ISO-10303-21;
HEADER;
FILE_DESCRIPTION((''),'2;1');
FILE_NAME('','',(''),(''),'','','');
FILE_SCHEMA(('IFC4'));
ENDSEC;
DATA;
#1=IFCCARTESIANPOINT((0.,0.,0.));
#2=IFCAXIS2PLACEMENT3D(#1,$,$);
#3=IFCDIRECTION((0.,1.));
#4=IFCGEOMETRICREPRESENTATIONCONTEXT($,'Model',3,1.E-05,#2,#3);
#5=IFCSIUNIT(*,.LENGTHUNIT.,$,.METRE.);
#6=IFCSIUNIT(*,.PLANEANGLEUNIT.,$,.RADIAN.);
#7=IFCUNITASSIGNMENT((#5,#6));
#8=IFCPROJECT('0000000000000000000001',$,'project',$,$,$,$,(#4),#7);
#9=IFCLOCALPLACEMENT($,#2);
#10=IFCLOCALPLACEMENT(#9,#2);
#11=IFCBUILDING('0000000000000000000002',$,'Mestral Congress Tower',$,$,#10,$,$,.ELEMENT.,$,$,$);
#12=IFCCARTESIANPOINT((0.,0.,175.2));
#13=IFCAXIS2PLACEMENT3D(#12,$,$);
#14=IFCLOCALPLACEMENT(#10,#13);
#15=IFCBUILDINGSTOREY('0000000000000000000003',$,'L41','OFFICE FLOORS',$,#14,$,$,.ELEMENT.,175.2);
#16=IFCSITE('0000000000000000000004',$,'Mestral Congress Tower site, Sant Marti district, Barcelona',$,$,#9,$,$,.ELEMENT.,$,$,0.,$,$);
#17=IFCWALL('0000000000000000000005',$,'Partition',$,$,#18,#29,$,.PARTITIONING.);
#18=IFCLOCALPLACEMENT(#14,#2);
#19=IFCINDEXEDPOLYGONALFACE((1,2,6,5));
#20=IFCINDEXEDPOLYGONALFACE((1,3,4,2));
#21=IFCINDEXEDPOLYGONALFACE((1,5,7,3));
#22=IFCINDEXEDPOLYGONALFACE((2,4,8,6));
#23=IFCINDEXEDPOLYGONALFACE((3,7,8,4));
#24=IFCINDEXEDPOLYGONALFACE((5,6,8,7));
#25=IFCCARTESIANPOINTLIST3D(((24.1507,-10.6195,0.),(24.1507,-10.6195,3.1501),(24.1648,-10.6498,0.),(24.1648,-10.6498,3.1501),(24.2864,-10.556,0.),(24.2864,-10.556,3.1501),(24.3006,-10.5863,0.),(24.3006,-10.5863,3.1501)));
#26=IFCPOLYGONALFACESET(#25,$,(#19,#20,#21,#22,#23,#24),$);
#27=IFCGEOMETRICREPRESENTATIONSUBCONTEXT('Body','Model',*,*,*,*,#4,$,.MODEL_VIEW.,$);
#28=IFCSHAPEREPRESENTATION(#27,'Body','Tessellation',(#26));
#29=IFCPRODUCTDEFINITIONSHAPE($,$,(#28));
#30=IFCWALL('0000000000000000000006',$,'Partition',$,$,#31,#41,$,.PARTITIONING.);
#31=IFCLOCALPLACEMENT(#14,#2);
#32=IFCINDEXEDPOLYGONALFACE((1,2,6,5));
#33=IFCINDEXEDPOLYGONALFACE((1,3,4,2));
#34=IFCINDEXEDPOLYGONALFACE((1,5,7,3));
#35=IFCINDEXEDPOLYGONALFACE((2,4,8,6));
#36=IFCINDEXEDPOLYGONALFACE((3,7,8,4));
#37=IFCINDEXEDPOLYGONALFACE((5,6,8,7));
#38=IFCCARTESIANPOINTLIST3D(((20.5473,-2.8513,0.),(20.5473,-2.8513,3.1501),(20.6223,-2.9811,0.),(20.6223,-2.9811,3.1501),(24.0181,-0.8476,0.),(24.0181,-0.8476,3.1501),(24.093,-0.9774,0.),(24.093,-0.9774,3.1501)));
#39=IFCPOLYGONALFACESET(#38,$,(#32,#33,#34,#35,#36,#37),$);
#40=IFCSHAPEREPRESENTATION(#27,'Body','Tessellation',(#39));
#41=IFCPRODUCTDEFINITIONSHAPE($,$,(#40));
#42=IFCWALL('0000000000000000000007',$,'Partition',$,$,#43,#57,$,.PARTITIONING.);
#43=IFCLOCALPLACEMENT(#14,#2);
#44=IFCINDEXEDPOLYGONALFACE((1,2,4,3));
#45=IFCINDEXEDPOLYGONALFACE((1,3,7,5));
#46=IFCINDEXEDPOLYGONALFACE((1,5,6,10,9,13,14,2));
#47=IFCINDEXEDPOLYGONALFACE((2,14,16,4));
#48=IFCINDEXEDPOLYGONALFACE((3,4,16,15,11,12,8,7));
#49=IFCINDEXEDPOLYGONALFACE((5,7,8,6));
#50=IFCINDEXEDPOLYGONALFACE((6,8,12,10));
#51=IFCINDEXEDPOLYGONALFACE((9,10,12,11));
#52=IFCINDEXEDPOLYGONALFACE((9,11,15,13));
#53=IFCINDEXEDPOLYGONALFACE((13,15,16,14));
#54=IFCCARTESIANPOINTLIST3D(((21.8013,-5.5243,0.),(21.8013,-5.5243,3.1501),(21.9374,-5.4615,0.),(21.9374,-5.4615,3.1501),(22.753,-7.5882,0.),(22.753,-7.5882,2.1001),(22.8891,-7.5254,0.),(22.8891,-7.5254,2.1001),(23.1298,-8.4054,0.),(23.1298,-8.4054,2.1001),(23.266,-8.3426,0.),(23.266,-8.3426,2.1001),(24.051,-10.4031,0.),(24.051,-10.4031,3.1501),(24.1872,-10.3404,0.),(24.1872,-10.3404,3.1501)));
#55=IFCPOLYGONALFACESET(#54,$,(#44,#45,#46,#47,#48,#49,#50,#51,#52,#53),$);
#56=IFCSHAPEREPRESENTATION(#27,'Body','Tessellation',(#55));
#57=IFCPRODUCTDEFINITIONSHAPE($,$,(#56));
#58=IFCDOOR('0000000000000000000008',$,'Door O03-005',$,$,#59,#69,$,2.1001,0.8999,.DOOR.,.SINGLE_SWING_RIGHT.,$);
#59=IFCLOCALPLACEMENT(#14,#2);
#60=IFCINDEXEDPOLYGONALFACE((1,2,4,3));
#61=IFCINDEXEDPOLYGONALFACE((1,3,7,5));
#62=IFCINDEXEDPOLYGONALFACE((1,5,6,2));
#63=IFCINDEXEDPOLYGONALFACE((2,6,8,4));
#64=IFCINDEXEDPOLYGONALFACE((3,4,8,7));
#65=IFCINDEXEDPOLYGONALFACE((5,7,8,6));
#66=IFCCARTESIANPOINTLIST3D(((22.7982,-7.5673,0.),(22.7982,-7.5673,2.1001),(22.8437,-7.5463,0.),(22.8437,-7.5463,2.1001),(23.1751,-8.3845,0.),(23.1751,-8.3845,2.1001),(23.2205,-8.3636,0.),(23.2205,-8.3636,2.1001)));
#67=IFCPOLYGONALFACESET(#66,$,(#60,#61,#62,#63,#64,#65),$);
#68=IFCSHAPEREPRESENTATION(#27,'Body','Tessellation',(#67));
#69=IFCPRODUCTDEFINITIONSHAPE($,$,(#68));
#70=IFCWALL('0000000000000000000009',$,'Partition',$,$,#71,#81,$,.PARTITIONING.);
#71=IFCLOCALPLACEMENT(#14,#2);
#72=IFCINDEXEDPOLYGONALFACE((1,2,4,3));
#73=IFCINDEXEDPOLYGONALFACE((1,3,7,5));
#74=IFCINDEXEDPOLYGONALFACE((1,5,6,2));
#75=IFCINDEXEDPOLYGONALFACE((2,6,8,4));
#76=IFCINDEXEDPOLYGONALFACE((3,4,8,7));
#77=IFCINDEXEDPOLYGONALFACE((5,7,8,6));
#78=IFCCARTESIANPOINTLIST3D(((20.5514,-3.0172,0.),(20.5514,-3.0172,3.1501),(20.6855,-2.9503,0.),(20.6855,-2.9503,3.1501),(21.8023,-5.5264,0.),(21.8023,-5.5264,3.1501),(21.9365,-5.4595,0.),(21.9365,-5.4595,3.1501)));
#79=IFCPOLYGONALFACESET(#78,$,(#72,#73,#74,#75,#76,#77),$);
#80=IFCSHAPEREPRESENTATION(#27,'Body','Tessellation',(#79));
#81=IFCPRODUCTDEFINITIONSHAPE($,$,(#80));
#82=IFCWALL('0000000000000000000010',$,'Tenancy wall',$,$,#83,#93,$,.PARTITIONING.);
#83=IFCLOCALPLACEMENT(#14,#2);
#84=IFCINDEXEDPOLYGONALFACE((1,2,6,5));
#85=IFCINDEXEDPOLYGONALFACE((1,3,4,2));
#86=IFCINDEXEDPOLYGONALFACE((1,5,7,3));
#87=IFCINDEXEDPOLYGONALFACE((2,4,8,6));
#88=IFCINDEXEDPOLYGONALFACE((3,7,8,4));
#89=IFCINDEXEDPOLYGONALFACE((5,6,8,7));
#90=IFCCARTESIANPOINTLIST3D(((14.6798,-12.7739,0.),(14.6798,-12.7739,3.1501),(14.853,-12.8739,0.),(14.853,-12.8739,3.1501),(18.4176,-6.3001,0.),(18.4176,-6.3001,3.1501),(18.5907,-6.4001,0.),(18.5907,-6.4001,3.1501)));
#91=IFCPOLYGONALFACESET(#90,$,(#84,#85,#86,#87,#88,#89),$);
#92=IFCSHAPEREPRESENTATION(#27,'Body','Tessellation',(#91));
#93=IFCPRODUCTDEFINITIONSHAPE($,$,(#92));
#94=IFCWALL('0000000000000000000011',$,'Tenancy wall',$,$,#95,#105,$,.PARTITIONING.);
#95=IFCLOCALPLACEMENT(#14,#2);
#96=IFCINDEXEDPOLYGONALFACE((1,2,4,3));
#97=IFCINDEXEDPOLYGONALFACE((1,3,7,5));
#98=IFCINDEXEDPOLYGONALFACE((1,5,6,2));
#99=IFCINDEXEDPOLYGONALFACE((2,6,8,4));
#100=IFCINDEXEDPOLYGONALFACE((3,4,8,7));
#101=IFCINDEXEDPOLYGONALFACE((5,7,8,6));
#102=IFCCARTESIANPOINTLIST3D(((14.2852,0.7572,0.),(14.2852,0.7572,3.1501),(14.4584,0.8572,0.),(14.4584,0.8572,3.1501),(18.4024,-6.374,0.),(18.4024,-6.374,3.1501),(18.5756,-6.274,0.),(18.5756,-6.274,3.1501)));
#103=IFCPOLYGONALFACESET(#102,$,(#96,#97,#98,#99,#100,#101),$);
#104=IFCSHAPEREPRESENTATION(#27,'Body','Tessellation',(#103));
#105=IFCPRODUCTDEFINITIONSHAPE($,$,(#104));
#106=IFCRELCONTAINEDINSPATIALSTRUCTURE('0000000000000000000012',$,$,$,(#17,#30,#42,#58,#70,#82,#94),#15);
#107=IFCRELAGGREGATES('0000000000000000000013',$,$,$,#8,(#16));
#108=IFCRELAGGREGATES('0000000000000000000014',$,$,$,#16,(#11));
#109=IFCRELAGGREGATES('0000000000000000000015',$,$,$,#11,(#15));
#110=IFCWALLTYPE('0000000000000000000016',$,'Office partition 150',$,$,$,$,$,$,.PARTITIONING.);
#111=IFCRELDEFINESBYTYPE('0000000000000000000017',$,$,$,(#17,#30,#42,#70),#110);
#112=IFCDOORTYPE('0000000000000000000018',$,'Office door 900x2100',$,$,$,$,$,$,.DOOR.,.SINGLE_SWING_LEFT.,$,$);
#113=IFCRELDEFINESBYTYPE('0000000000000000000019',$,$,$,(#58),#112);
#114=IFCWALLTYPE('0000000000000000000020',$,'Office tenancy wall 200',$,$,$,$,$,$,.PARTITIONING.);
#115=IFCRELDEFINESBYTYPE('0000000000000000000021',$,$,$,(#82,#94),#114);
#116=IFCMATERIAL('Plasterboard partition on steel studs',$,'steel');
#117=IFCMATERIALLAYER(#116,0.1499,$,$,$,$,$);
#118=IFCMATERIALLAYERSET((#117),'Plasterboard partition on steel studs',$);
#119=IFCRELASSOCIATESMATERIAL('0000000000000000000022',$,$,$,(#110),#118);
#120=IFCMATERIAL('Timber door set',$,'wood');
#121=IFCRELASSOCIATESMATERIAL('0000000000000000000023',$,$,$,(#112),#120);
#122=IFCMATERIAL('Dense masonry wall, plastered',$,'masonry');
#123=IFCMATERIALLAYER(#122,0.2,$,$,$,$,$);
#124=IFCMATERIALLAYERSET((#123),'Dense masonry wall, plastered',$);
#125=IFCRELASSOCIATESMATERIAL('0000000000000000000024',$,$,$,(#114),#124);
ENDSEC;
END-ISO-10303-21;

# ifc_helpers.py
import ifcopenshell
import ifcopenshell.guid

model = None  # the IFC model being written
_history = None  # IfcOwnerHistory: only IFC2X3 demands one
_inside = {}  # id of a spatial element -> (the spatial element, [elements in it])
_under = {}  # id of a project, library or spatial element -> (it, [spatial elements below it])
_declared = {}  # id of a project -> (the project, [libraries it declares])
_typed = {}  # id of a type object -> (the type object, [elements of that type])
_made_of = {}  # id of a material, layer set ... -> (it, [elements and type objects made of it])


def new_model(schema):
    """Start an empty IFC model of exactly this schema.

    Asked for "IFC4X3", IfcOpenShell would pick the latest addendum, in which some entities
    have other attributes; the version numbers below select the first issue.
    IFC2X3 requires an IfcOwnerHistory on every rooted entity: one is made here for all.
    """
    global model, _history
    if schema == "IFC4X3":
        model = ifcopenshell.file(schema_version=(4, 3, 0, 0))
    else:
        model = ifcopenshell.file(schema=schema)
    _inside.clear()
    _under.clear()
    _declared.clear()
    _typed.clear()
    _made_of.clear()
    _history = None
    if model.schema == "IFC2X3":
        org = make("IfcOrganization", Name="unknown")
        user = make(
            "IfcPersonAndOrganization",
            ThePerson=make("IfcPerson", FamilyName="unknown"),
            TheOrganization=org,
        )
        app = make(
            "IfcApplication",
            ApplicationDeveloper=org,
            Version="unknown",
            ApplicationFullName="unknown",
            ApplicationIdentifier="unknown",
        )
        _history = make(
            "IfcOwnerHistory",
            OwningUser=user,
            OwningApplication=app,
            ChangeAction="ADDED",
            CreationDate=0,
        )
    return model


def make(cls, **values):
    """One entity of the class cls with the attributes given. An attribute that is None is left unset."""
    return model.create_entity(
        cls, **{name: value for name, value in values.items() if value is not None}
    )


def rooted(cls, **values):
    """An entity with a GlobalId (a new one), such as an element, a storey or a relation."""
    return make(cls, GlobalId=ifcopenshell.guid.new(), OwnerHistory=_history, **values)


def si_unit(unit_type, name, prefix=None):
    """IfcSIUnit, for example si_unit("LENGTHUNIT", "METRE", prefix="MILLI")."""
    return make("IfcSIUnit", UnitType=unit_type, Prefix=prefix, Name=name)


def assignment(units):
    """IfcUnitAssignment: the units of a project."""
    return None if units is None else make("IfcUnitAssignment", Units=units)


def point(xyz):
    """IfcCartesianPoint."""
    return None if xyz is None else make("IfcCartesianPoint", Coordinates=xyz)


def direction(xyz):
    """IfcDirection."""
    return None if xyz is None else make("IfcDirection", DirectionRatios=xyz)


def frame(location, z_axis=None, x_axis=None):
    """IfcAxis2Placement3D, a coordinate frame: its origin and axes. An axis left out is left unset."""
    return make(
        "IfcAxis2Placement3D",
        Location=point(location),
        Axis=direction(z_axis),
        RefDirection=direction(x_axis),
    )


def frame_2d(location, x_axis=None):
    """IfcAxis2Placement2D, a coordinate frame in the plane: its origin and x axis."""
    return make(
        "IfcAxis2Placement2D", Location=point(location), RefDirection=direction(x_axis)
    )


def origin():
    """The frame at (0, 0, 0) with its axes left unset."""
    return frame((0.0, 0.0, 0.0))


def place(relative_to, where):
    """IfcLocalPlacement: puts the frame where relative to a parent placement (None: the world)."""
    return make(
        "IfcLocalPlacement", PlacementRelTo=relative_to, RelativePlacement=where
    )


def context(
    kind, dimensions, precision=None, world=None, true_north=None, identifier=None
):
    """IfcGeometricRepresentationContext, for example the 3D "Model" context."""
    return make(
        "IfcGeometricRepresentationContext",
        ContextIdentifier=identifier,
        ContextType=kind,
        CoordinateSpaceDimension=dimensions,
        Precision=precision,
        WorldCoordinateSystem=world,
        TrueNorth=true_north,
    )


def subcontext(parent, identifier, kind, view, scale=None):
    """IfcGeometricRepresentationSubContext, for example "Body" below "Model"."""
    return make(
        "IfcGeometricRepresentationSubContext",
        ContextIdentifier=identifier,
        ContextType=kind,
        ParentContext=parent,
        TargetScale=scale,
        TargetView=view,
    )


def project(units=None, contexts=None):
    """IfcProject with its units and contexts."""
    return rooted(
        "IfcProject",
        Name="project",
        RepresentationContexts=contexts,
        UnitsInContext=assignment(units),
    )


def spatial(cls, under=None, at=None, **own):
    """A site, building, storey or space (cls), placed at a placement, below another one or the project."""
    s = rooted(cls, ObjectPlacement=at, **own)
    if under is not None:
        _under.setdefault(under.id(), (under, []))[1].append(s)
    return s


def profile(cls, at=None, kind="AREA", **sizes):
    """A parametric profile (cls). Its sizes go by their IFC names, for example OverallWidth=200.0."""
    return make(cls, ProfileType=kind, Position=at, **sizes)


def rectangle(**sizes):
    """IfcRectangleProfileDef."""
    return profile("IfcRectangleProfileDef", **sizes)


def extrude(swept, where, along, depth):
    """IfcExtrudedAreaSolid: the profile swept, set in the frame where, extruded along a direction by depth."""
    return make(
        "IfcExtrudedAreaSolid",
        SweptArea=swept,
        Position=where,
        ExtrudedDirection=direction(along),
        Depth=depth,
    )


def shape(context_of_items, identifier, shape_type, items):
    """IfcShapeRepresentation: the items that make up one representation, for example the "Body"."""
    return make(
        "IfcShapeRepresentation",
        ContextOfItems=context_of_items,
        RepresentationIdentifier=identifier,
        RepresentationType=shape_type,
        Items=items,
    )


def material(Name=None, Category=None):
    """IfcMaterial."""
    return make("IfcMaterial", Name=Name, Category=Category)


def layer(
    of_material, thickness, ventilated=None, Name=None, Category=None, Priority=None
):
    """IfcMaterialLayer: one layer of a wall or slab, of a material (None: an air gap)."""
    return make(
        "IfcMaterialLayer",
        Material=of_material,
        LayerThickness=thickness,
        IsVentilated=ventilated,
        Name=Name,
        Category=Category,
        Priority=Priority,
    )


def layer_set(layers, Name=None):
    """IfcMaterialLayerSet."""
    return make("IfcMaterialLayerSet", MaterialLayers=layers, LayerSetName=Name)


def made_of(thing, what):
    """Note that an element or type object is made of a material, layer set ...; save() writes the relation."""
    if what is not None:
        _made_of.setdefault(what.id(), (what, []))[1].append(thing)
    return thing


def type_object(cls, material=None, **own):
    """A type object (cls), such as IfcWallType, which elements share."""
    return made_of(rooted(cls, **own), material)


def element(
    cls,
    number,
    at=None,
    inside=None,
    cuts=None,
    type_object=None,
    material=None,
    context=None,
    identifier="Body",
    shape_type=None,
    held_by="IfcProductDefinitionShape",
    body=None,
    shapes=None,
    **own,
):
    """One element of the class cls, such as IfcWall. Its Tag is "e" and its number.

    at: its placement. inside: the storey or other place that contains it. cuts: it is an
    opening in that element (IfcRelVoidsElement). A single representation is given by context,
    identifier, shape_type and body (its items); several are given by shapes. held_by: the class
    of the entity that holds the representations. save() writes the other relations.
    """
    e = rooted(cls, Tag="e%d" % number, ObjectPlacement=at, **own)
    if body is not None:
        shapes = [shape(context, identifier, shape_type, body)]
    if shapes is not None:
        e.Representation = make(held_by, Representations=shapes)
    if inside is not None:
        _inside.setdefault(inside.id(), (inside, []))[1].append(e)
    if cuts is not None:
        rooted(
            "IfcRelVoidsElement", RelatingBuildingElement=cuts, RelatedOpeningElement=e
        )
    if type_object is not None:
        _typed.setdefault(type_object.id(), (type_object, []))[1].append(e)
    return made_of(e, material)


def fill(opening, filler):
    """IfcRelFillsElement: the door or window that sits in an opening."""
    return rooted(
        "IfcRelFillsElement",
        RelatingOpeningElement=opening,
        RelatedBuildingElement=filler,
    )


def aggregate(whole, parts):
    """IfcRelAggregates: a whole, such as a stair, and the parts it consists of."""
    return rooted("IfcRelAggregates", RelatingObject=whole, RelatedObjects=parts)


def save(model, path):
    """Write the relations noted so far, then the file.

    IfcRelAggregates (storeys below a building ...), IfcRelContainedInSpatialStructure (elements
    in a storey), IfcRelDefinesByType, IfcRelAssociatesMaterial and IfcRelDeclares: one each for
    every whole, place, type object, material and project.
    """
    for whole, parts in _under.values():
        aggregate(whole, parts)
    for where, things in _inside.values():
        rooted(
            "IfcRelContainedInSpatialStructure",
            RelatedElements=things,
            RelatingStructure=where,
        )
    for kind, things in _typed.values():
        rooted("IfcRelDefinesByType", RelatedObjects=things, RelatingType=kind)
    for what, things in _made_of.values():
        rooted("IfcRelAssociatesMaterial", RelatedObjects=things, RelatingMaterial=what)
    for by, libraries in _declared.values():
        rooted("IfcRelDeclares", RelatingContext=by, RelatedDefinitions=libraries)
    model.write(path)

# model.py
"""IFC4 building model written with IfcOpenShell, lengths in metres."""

from ifc_helpers import new_model, si_unit, direction, frame, frame_2d, origin, place, context, subcontext, project, spatial, rectangle, extrude, material, layer, layer_set, type_object, element, fill, save


model = new_model("IFC4")

# Units and contexts
model_context = context("Model", 3, precision=1e-05, world=origin(), true_north=direction((0.0, 1.0)))
body_context = subcontext(model_context, "Body", "Model", "MODEL_VIEW")
ifc_project = project(units=[si_unit("LENGTHUNIT", "METRE"), si_unit("PLANEANGLEUNIT", "RADIAN")], contexts=[model_context])

# Site, building, storey
site_placement = place(None, origin())
site = spatial("IfcSite", under=ifc_project, at=site_placement, Name="Mestral Congress Tower site, Sant Marti district, Barcelona", CompositionType="ELEMENT", RefElevation=0.0)
building_placement = place(site_placement, origin())
building = spatial("IfcBuilding", under=site, at=building_placement, Name="Mestral Congress Tower", CompositionType="ELEMENT")
storey_placement = place(building_placement, frame((0.0, 0.0, 175.2)))
storey = spatial("IfcBuildingStorey", under=building, at=storey_placement, Name="L41", Description="OFFICE FLOORS", CompositionType="ELEMENT", Elevation=175.2)

# Walls
ifc_material_1 = material(Name="Plasterboard partition on steel studs", Category="steel")
ifc_layer_1 = layer(ifc_material_1, 0.1499)
ifc_layer_set_1 = layer_set([ifc_layer_1], Name="Plasterboard partition on steel studs")
wall_type_1 = type_object("IfcWallType", Name="Office partition 150", PredefinedType="PARTITIONING", material=ifc_layer_set_1)
wall_1_placement = place(storey_placement, frame((24.2327, -10.6179, 0.0), z_axis=(0.0, 0.0, 1.0), x_axis=(-0.423685, 0.90581, 0.0)))
element("IfcWall", 1, at=wall_1_placement, inside=storey, type_object=wall_type_1, Name="Partition", PredefinedType="PARTITIONING", context=body_context, shape_type="SweptSolid", body=[
    extrude(rectangle(XDim=0.0334, YDim=0.1499, at=frame_2d((0.0166, 0.0))), origin(), (0.0, 0.0, 1.0), 3.1501),
])
wall_2_placement = place(storey_placement, frame((20.5847, -2.9163, 0.0), z_axis=(0.0, 0.0, 1.0), x_axis=(0.866042, 0.499972, 0.0)))
element("IfcWall", 2, at=wall_2_placement, inside=storey, type_object=wall_type_1, Name="Partition", PredefinedType="PARTITIONING", context=body_context, shape_type="SweptSolid", body=[
    extrude(rectangle(XDim=4.0076, YDim=0.1499, at=frame_2d((2.0039, 0.0))), origin(), (0.0, 0.0, 1.0), 3.1501),
])

# Wall, opening, door
wall_3_placement = place(storey_placement, frame((21.8694, -5.4929, 0.0), z_axis=(0.0, 0.0, 1.0), x_axis=(0.418744, -0.908104, 0.0)))
wall_3 = element("IfcWall", 3, at=wall_3_placement, inside=storey, type_object=wall_type_1, Name="Partition", PredefinedType="PARTITIONING", context=body_context, shape_type="SweptSolid", body=[
    extrude(rectangle(XDim=5.3726, YDim=0.1499, at=frame_2d((2.6863, 0.0))), origin(), (0.0, 0.0, 1.0), 3.1501),
])
opening_1_placement = place(wall_3_placement, frame((2.2727, 0.0, 0.0)))
opening_1 = element("IfcOpeningElement", 4, at=opening_1_placement, cuts=wall_3, PredefinedType="OPENING", context=body_context, shape_type="SweptSolid", body=[
    extrude(rectangle(XDim=0.8999, YDim=2.1001, at=frame_2d((0.45, 1.05))), frame((0.0, 0.085, 0.0), z_axis=(0.0, -1.0, 0.0), x_axis=(1.0, 0.0, 0.0)), (0.0, 0.0, 1.0), 0.1699),
])
ifc_material_2 = material(Name="Timber door set", Category="wood")
door_type = type_object("IfcDoorType", Name="Office door 900x2100", OperationType="SINGLE_SWING_LEFT", PredefinedType="DOOR", material=ifc_material_2)
door_placement = place(opening_1_placement, origin())
door = element("IfcDoor", 5, at=door_placement, inside=storey, type_object=door_type, Name="Door O03-005", OperationType="SINGLE_SWING_RIGHT", OverallHeight=2.1001, OverallWidth=0.8999, PredefinedType="DOOR", context=body_context, shape_type="SweptSolid", body=[
    extrude(rectangle(XDim=0.8999, YDim=2.1001, at=frame_2d((0.45, 1.05))), frame((0.0, 0.0249, 0.0), z_axis=(0.0, -1.0, 0.0), x_axis=(1.0, 0.0, 0.0)), (0.0, 0.0, 1.0), 0.05),
])
fill(opening_1, door)

# Walls
wall_4_placement = place(storey_placement, frame((21.8694, -5.4929, 0.0), z_axis=(0.0, 0.0, 1.0), x_axis=(-0.446168, 0.894949, 0.0)))
element("IfcWall", 6, at=wall_4_placement, inside=storey, type_object=wall_type_1, Name="Partition", PredefinedType="PARTITIONING", context=body_context, shape_type="SweptSolid", body=[
    extrude(rectangle(XDim=2.8037, YDim=0.1499, at=frame_2d((1.4019, 0.0))), origin(), (0.0, 0.0, 1.0), 3.1501),
])
ifc_material_3 = material(Name="Dense masonry wall, plastered", Category="masonry")
ifc_layer_2 = layer(ifc_material_3, 0.2)
ifc_layer_set_2 = layer_set([ifc_layer_2], Name="Dense masonry wall, plastered")
wall_type_2 = type_object("IfcWallType", Name="Office tenancy wall 200", PredefinedType="PARTITIONING", material=ifc_layer_set_2)
wall_5_placement = place(storey_placement, frame((14.7664, -12.824, 0.0), z_axis=(0.0, 0.0, 1.0), x_axis=(0.50001, 0.86602, 0.0)))
element("IfcWall", 7, at=wall_5_placement, inside=storey, type_object=wall_type_2, Name="Tenancy wall", PredefinedType="PARTITIONING", context=body_context, shape_type="SweptSolid", body=[
    extrude(rectangle(XDim=7.4753, YDim=0.2, at=frame_2d((3.7378, 0.0))), origin(), (0.0, 0.0, 1.0), 3.1501),
])
wall_6_placement = place(storey_placement, frame((18.489, -6.324, 0.0), z_axis=(0.0, 0.0, 1.0), x_axis=(-0.500004, 0.866023, 0.0)))
element("IfcWall", 8, at=wall_6_placement, inside=storey, type_object=wall_type_2, Name="Tenancy wall", PredefinedType="PARTITIONING", context=body_context, shape_type="SweptSolid", body=[
    extrude(rectangle(XDim=8.2344, YDim=0.2, at=frame_2d((4.1172, 0.0))), origin(), (0.0, 0.0, 1.0), 3.1501),
])

save(model, "model.ifc")
